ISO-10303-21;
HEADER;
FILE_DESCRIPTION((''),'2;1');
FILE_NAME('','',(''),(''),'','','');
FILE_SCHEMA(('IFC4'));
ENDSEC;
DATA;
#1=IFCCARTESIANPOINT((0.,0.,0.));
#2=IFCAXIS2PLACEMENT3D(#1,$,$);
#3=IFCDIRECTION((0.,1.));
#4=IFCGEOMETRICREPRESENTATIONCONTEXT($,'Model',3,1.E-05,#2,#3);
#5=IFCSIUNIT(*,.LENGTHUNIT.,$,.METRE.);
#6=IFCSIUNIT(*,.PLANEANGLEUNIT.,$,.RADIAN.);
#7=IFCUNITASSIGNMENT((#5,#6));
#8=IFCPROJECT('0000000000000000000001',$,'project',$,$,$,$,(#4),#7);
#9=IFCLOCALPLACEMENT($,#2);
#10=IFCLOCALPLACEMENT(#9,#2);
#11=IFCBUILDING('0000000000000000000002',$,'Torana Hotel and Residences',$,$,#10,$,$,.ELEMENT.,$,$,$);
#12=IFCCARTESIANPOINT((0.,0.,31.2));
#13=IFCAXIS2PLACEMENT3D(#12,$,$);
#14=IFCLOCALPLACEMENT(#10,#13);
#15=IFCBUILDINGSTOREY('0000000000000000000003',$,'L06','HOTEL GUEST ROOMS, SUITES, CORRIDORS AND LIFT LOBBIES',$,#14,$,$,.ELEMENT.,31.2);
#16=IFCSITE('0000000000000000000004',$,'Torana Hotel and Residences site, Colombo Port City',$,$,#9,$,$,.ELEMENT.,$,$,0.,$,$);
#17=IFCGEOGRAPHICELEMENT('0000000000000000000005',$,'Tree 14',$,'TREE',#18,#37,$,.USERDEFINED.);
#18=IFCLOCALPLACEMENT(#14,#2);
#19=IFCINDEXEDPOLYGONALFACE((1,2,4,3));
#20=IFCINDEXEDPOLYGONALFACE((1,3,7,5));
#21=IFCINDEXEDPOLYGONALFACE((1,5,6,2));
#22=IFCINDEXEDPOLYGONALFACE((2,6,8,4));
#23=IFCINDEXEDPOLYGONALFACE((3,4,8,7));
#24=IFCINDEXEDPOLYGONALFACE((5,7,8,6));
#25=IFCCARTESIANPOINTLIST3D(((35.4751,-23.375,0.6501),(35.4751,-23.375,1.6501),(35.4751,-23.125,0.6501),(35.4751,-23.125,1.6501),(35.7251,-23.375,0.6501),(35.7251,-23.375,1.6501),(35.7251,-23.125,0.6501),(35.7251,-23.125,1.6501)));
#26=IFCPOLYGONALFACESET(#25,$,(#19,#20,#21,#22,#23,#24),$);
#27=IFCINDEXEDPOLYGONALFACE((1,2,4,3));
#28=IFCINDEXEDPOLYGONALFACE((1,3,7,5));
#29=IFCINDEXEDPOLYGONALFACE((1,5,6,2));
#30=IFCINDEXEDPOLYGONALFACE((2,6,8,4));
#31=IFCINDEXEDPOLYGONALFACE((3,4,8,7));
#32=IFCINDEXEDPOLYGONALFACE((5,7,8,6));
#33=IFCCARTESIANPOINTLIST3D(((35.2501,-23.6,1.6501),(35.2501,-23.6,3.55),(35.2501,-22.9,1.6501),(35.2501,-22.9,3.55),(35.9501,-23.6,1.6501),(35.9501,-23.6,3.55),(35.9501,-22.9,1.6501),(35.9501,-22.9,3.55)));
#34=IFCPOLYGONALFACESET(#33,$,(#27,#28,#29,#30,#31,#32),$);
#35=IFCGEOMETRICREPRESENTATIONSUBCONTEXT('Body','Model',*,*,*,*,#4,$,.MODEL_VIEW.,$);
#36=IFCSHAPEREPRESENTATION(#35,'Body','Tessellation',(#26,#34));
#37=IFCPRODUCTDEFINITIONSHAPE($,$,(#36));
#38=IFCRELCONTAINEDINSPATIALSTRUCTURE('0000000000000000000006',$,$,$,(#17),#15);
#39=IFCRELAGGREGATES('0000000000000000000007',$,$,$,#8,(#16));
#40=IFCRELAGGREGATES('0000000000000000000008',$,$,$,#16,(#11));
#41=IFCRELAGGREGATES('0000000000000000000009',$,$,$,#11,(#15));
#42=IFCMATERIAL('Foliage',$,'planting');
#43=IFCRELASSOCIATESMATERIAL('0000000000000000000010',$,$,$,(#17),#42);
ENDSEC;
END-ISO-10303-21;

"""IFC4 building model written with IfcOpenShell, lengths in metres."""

from ifc_helpers import new_model, si_unit, direction, frame, origin, origin_2d, place, context, subcontext, project, spatial, rectangle, extrude, material, element, save


model = new_model("IFC4")

# Units and contexts
model_context = context("Model", 3, precision=1e-05, world=origin(), true_north=direction((0.0, 1.0)))
body_context = subcontext(model_context, "Body", "Model", "MODEL_VIEW")
ifc_project = project(units=[si_unit("LENGTHUNIT", "METRE"), si_unit("PLANEANGLEUNIT", "RADIAN")], contexts=[model_context])

# Site, building, storey
site_placement = place(None, origin())
site = spatial("IfcSite", under=ifc_project, at=site_placement, Name="Torana Hotel and Residences site, Colombo Port City", CompositionType="ELEMENT", RefElevation=0.0)
building_placement = place(site_placement, origin())
building = spatial("IfcBuilding", under=site, at=building_placement, Name="Torana Hotel and Residences", CompositionType="ELEMENT")
storey_placement = place(building_placement, frame((0.0, 0.0, 31.2)))
storey = spatial("IfcBuildingStorey", under=building, at=storey_placement, Name="L06", Description="HOTEL GUEST ROOMS, SUITES, CORRIDORS AND LIFT LOBBIES", CompositionType="ELEMENT", Elevation=31.2)

# Geographic element
ifc_material_1 = material(Name="Foliage", Category="planting")
geographic_element_placement = place(storey_placement, frame((35.6001, -23.25, 0.6501), z_axis=(0.0, 0.0, 1.0), x_axis=(1.0, 0.0, 0.0)))
element("IfcGeographicElement", 1, at=geographic_element_placement, inside=storey, material=ifc_material_1, Name="Tree 14", ObjectType="TREE", PredefinedType="USERDEFINED", context=body_context, shape_type="SweptSolid", body=[
    extrude(rectangle(XDim=0.25, YDim=0.25, at=origin_2d()), origin(), (0.0, 0.0, 1.0), 1.0),
    extrude(rectangle(XDim=0.7, YDim=0.7, at=origin_2d()), frame((0.0, 0.0, 1.0)), (0.0, 0.0, 1.0), 1.8999),
])

save(model, "model.ifc")
